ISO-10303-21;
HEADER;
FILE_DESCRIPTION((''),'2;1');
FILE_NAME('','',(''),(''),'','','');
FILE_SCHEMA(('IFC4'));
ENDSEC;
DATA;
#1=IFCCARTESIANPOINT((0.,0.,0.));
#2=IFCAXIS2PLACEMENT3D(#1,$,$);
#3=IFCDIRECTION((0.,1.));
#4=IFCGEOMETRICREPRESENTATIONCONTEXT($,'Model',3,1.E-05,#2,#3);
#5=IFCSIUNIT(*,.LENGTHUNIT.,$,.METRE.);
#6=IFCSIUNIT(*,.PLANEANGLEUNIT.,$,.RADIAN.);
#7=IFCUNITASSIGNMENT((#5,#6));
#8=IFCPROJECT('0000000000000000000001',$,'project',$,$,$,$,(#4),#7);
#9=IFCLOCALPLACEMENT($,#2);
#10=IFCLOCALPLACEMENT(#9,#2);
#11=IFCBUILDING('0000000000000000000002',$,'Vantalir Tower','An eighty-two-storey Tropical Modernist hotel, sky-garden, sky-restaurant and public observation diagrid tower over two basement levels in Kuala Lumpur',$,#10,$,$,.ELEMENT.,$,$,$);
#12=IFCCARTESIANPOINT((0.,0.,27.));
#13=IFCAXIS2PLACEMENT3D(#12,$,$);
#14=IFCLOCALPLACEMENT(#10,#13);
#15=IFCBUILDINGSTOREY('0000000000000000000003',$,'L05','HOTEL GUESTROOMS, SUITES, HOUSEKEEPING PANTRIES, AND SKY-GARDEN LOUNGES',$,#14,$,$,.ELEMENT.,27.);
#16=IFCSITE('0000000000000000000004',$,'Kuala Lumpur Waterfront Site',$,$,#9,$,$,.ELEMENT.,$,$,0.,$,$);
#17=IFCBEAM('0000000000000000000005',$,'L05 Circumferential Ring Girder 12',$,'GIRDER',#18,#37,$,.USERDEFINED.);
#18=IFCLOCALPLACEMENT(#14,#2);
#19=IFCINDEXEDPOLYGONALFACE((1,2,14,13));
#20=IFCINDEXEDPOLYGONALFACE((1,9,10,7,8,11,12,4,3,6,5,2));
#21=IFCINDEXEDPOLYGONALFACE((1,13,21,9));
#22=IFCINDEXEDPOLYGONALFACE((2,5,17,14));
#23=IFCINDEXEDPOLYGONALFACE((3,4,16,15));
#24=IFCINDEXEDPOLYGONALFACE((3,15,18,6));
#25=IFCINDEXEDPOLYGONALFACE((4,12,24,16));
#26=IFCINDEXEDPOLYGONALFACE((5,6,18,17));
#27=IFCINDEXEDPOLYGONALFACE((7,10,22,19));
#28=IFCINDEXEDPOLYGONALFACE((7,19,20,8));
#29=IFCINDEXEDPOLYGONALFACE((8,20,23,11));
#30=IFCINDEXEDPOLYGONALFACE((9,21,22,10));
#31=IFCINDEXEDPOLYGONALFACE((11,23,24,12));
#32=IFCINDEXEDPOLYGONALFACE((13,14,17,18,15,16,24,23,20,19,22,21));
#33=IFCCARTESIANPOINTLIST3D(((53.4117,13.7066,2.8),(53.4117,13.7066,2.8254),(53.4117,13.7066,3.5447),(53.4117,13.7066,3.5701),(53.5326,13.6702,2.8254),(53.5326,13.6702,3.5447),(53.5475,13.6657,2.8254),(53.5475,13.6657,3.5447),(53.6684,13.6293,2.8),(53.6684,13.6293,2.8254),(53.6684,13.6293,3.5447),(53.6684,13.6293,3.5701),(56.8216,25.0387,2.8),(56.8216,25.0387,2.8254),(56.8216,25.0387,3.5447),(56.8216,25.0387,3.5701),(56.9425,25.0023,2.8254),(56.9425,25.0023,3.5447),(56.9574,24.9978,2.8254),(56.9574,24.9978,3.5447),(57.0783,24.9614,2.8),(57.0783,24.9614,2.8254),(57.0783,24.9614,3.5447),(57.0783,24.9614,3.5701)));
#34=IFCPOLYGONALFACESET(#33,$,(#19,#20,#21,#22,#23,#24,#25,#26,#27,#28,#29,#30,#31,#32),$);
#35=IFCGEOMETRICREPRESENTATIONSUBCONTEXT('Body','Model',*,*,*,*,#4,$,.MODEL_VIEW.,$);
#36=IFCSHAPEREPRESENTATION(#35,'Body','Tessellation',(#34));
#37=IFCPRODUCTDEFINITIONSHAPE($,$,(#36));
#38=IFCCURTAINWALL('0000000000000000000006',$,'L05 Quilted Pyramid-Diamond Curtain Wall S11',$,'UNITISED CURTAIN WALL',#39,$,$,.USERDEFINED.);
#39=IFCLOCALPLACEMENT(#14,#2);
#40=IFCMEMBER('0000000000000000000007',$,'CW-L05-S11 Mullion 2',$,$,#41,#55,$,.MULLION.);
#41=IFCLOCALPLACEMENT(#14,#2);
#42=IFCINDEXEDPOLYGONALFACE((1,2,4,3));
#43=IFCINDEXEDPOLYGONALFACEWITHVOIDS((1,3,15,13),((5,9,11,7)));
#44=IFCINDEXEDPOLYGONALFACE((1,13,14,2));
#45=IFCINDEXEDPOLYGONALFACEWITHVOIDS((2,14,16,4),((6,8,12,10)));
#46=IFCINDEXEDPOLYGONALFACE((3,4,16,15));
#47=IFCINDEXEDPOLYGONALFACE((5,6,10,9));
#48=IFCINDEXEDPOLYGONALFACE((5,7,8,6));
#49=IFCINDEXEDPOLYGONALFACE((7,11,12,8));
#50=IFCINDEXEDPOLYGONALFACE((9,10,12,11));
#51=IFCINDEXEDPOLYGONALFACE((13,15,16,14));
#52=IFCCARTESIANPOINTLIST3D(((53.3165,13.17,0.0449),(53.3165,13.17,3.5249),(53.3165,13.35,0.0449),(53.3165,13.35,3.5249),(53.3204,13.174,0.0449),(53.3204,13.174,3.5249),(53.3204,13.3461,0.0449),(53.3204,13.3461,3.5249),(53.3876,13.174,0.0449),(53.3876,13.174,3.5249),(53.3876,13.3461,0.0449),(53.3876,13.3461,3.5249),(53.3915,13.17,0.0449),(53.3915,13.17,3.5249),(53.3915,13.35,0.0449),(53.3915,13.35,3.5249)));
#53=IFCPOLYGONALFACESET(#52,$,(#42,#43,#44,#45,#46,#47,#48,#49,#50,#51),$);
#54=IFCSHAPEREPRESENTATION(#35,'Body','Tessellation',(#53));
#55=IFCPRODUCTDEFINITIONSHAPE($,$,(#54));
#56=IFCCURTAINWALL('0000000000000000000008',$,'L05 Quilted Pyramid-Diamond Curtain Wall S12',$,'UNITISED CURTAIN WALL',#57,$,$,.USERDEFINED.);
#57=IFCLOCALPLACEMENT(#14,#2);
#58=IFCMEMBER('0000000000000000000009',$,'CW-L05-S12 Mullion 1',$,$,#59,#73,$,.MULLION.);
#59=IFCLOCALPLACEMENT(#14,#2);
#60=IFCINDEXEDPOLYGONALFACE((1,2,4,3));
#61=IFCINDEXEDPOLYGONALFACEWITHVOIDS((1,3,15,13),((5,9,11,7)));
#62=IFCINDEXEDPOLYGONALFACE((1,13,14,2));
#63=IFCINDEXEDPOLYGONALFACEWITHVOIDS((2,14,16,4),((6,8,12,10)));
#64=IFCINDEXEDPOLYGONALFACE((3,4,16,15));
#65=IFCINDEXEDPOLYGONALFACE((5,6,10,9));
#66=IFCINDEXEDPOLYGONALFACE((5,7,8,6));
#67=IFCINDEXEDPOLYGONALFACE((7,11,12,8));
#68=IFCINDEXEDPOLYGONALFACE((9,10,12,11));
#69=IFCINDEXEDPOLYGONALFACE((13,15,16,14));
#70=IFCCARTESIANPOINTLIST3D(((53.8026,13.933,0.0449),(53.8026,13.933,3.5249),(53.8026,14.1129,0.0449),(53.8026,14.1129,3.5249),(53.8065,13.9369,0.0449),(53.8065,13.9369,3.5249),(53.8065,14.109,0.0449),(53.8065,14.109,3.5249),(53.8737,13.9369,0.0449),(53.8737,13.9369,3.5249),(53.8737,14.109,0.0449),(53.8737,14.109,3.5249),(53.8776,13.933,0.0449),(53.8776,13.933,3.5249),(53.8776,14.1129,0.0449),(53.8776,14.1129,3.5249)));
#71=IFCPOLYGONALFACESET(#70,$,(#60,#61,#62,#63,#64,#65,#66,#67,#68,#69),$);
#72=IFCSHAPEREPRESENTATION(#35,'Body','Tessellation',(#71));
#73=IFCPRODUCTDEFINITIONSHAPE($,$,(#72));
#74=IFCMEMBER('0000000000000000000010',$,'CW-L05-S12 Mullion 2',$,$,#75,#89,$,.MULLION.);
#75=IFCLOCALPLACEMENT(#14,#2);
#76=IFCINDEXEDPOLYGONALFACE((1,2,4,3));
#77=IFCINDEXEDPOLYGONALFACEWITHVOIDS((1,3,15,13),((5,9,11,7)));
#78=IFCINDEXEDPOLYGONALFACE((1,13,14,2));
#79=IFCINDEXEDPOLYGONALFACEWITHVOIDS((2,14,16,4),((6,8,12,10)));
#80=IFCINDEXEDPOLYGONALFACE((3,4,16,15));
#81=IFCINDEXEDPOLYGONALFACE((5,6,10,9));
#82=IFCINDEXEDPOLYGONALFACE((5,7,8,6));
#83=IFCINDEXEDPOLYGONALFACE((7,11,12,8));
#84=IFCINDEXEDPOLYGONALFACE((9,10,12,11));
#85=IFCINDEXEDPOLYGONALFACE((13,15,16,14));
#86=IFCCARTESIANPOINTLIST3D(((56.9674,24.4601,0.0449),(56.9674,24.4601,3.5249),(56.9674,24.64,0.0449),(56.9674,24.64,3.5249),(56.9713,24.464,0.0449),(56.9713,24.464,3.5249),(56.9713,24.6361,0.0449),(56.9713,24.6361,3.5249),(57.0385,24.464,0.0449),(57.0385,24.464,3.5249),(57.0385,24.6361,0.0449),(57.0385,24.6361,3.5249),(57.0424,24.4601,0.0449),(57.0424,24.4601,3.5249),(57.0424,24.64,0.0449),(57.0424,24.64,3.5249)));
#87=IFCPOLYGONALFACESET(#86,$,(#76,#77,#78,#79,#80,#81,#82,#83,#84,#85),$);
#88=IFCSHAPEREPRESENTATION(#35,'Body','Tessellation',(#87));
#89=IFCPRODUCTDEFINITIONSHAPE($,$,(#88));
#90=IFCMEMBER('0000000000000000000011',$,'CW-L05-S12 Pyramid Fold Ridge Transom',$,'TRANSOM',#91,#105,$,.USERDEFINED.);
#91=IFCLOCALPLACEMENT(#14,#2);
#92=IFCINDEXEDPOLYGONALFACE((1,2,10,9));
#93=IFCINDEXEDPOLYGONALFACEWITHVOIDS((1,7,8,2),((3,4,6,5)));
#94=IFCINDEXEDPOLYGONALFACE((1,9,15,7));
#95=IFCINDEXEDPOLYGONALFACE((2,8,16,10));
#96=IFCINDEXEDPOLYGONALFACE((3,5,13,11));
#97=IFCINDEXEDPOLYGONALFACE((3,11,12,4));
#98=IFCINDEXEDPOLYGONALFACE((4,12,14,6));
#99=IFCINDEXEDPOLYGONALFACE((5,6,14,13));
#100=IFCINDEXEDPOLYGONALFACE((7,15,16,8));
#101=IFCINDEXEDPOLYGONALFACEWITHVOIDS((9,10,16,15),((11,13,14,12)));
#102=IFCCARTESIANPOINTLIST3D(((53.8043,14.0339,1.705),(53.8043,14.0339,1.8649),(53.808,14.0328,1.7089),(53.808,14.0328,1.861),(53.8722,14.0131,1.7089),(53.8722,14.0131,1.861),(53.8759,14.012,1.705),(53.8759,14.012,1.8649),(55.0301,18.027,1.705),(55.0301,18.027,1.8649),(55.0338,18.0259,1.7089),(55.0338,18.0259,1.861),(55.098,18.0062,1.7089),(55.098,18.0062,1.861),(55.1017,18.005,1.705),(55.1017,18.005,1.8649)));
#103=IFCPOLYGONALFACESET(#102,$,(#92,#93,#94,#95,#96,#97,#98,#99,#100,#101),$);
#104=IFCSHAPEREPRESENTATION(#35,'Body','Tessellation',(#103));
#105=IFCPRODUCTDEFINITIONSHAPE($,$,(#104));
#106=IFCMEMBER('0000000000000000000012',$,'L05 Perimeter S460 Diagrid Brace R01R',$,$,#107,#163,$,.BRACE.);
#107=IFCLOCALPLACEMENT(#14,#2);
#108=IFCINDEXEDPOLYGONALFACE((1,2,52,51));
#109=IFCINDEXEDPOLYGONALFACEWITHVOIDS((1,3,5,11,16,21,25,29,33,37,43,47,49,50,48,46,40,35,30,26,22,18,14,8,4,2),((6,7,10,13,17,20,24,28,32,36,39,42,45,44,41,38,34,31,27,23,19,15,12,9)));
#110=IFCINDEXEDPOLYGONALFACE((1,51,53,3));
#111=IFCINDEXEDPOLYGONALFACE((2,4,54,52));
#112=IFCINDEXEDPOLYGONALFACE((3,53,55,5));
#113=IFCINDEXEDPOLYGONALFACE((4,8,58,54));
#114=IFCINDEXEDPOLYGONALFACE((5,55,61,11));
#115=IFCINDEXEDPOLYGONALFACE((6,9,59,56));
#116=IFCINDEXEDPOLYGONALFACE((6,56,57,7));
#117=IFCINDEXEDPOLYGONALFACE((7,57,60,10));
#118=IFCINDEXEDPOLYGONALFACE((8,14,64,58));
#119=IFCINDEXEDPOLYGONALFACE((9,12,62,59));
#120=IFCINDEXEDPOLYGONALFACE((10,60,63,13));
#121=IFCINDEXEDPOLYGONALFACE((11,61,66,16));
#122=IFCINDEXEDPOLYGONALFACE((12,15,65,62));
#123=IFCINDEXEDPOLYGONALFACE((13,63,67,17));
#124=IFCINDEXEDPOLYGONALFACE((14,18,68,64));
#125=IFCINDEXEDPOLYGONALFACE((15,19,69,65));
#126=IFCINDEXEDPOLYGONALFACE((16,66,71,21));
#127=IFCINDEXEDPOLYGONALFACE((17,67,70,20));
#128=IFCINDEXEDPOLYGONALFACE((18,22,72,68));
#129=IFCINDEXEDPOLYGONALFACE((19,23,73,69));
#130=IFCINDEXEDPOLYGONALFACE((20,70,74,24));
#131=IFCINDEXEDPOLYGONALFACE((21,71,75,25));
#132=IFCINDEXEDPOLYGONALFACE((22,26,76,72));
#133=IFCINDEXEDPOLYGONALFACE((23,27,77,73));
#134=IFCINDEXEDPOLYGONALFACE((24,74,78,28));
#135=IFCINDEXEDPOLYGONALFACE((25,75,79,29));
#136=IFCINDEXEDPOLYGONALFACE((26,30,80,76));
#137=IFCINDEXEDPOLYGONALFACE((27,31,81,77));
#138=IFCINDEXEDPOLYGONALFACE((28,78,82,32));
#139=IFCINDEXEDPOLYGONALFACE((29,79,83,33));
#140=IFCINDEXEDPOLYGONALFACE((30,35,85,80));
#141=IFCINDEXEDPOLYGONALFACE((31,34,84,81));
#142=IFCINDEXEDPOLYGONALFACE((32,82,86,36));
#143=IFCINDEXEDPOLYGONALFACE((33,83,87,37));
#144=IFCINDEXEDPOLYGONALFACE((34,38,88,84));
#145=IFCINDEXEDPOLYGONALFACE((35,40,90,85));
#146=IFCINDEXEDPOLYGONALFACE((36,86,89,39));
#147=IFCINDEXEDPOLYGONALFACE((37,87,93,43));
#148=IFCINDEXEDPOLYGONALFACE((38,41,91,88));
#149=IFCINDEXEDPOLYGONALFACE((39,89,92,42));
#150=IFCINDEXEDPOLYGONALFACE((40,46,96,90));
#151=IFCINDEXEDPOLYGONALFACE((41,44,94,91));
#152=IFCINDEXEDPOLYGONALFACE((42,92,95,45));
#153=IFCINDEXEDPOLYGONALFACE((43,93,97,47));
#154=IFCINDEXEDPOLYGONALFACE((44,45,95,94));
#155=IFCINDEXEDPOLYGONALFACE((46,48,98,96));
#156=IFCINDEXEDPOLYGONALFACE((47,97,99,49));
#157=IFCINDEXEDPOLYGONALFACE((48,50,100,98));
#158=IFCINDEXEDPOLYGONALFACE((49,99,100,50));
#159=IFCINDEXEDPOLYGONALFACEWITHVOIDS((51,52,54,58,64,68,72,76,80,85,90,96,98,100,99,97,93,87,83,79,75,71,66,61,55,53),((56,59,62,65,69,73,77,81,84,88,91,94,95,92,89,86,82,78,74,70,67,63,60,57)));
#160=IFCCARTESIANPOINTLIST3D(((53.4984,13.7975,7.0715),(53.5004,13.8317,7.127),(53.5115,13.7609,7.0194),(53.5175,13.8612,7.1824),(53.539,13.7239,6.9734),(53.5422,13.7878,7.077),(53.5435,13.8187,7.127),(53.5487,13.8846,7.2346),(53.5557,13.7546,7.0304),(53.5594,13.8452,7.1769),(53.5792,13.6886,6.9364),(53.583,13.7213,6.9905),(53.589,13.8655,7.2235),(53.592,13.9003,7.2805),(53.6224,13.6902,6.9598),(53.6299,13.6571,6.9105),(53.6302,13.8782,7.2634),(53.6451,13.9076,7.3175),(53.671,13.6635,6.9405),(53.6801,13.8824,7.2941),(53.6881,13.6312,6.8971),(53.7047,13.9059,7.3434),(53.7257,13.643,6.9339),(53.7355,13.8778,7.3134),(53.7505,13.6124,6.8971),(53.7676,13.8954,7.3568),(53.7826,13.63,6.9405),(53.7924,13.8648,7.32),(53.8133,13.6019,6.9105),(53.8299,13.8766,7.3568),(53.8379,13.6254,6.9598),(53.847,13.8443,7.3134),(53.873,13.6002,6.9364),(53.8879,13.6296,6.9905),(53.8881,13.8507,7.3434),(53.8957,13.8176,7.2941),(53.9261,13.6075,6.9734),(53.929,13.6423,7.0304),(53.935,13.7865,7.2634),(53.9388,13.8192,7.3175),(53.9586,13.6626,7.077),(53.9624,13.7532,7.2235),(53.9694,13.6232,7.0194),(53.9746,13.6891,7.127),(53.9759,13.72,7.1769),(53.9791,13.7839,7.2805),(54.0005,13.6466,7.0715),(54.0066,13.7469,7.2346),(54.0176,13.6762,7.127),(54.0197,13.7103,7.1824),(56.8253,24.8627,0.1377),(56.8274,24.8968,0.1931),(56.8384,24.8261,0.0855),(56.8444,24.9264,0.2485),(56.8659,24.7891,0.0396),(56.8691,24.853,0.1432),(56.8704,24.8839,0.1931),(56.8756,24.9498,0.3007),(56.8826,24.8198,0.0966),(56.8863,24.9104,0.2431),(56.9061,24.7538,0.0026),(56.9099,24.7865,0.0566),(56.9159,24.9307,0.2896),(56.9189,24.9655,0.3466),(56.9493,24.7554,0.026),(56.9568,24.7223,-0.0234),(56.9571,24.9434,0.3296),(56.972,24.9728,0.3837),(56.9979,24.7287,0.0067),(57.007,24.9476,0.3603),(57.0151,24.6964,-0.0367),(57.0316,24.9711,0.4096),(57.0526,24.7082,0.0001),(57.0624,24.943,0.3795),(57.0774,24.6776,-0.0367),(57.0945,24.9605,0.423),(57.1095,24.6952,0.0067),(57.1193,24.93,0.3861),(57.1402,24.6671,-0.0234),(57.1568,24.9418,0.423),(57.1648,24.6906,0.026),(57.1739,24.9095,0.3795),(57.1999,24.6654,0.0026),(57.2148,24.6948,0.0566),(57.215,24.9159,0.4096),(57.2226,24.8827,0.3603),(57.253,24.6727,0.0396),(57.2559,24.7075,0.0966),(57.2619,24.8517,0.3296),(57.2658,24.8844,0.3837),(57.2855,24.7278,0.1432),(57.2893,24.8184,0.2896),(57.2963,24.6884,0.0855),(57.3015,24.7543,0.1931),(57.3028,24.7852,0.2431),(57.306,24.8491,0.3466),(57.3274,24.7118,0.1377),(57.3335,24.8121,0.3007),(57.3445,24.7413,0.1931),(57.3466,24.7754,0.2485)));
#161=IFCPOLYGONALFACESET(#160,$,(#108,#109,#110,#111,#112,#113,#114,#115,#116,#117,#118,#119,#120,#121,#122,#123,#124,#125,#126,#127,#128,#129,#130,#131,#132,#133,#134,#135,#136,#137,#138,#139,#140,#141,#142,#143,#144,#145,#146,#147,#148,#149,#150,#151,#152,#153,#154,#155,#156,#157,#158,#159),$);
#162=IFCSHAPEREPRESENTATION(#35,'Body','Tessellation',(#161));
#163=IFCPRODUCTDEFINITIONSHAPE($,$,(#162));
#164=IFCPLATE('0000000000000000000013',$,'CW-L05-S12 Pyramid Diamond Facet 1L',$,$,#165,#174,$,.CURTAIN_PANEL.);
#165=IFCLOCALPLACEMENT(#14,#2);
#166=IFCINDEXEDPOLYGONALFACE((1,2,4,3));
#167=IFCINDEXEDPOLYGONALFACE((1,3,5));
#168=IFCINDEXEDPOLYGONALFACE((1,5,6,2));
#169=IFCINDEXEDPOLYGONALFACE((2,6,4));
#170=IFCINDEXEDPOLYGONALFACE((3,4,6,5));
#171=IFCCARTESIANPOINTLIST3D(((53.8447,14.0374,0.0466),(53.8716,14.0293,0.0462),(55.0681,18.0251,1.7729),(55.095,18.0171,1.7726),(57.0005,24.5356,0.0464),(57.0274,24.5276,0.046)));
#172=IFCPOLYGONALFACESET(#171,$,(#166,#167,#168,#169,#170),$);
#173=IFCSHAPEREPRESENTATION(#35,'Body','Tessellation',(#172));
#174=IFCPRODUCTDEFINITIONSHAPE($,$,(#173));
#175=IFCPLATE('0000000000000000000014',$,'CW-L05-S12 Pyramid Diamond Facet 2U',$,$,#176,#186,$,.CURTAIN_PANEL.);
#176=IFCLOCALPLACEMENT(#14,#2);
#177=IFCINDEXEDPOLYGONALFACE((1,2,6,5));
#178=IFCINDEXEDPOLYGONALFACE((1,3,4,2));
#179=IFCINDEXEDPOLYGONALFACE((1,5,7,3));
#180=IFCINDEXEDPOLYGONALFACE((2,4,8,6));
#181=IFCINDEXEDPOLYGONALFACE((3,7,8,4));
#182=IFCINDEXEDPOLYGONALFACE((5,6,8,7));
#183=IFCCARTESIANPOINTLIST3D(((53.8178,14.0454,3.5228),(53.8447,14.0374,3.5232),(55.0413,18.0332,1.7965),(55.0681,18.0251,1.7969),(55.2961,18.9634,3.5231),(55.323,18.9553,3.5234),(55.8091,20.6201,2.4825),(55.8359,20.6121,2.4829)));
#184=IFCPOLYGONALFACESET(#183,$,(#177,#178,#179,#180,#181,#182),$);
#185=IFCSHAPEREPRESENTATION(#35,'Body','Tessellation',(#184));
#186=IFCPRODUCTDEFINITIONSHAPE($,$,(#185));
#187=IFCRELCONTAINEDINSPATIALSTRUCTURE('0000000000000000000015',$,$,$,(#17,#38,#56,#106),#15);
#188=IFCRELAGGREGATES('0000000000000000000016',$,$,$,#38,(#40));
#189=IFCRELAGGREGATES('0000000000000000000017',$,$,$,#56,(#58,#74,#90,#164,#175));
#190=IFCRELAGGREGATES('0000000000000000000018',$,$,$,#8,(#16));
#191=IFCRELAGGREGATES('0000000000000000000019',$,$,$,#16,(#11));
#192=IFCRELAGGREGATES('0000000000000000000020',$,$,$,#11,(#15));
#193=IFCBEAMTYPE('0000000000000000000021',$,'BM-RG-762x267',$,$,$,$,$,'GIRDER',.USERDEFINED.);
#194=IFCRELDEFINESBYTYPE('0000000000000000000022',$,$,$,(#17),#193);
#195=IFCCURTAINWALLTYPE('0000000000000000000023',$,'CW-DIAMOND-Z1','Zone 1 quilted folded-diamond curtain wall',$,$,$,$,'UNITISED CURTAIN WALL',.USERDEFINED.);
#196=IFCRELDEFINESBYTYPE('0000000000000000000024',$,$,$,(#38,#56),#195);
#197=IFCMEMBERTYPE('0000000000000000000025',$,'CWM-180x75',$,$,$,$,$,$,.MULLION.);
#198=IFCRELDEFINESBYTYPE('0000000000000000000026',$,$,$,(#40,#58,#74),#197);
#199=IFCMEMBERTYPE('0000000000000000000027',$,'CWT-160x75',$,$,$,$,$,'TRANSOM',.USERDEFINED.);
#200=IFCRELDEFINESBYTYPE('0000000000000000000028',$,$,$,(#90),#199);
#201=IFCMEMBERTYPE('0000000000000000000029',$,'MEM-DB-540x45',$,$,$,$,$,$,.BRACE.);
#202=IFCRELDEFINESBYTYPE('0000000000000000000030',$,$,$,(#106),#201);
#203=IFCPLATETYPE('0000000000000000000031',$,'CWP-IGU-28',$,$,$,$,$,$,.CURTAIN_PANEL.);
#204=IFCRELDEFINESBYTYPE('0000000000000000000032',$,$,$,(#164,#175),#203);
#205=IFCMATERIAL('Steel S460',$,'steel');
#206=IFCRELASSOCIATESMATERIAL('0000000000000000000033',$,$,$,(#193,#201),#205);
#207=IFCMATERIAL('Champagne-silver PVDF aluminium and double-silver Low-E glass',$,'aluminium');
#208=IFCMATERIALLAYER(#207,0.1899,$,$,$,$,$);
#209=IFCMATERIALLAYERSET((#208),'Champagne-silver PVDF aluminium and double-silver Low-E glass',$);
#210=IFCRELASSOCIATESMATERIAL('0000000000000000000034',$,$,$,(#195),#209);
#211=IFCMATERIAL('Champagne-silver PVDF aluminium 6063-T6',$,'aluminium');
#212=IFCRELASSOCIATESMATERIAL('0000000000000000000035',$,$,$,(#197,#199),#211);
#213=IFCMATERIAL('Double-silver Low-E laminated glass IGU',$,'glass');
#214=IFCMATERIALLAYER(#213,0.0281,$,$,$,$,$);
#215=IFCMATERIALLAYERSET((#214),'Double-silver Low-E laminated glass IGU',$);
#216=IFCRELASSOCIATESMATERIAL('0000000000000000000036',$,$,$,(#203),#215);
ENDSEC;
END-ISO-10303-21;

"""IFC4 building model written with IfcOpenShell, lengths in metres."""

from ifc_helpers import new_model, si_unit, direction, frame, origin, origin_2d, place, context, subcontext, project, spatial, polyline, hollow_rectangle, hollow_circle, i_section, outline, extrude, material, layer, layer_set, material_profile, profile_set, type_object, element, aggregate, save


model = new_model("IFC4")

# Units and contexts
model_context = context("Model", 3, precision=1e-05, world=origin(), true_north=direction((0.0, 1.0)))
body_context = subcontext(model_context, "Body", "Model", "MODEL_VIEW")
ifc_project = project(units=[si_unit("LENGTHUNIT", "METRE"), si_unit("PLANEANGLEUNIT", "RADIAN")], contexts=[model_context])

# Site, building, storey
site_placement = place(None, origin())
site = spatial("IfcSite", under=ifc_project, at=site_placement, Name="Kuala Lumpur Waterfront Site", CompositionType="ELEMENT", RefElevation=0.0)
building_placement = place(site_placement, origin())
building = spatial("IfcBuilding", under=site, at=building_placement, Name="Vantalir Tower", Description="An eighty-two-storey Tropical Modernist hotel, sky-garden, sky-restaurant and public observation diagrid tower over two basement levels in Kuala Lumpur", CompositionType="ELEMENT")
storey_placement = place(building_placement, frame((0.0, 0.0, 27.0)))
storey = spatial("IfcBuildingStorey", under=building, at=storey_placement, Name="L05", Description="HOTEL GUESTROOMS, SUITES, HOUSEKEEPING PANTRIES, AND SKY-GARDEN LOUNGES", CompositionType="ELEMENT", Elevation=27.0)

# Shared definitions
ifc_material_1 = material(Name="Steel S460", Category="steel")

# Beam
ifc_material_profile_1 = material_profile(ifc_material_1, i_section(OverallWidth=0.2681, OverallDepth=0.77, WebThickness=0.0156, FlangeThickness=0.0254, at=origin_2d()), Name="Steel S460")
ifc_profile_set_1 = profile_set([ifc_material_profile_1], Name="Steel S460")
beam_type_1 = type_object("IfcBeamType", Name="BM-RG-762x267", ElementType="GIRDER", PredefinedType="USERDEFINED", material=ifc_profile_set_1)
beam_1_placement = place(storey_placement, frame((53.54, 13.668, 3.1851), z_axis=(0.288147, 0.957586, 0.0), x_axis=(-0.957586, 0.288147, 0.0)))
element("IfcBeam", 1, at=beam_1_placement, inside=storey, type_object=beam_type_1, Name="L05 Circumferential Ring Girder 12", ObjectType="GIRDER", PredefinedType="USERDEFINED", context=body_context, shape_type="SweptSolid", body=[
    extrude(i_section(OverallWidth=0.2681, OverallDepth=0.77, WebThickness=0.0156, FlangeThickness=0.0254, at=origin_2d()), origin(), (0.0, 0.0, 1.0), 11.834),
])

# Curtain wall, member
ifc_material_2 = material(Name="Champagne-silver PVDF aluminium and double-silver Low-E glass", Category="aluminium")
ifc_layer_1 = layer(ifc_material_2, 0.1899)
ifc_layer_set_1 = layer_set([ifc_layer_1], Name="Champagne-silver PVDF aluminium and double-silver Low-E glass")
curtain_wall_type = type_object("IfcCurtainWallType", Name="CW-DIAMOND-Z1", Description="Zone 1 quilted folded-diamond curtain wall", ElementType="UNITISED CURTAIN WALL", PredefinedType="USERDEFINED", material=ifc_layer_set_1)
curtain_wall_1_placement = place(storey_placement, origin())
curtain_wall_1 = element("IfcCurtainWall", 2, at=curtain_wall_1_placement, inside=storey, type_object=curtain_wall_type, Name="L05 Quilted Pyramid-Diamond Curtain Wall S11", ObjectType="UNITISED CURTAIN WALL", PredefinedType="USERDEFINED")
ifc_material_3 = material(Name="Champagne-silver PVDF aluminium 6063-T6", Category="aluminium")
ifc_material_profile_2 = material_profile(ifc_material_3, hollow_rectangle(XDim=0.075, YDim=0.1799, WallThickness=0.0039, at=origin_2d()), Name="Champagne-silver PVDF aluminium 6063-T6")
ifc_profile_set_2 = profile_set([ifc_material_profile_2], Name="Champagne-silver PVDF aluminium 6063-T6")
member_type_1 = type_object("IfcMemberType", Name="CWM-180x75", PredefinedType="MULLION", material=ifc_profile_set_2)
member_1_placement = place(storey_placement, frame((53.354, 13.26, 0.0449), z_axis=(0.0, 0.0, 1.0), x_axis=(1.0, 0.0, 0.0)))
member_1 = element("IfcMember", 3, at=member_1_placement, type_object=member_type_1, Name="CW-L05-S11 Mullion 2", PredefinedType="MULLION", context=body_context, shape_type="SweptSolid", body=[
    extrude(hollow_rectangle(XDim=0.075, YDim=0.1799, WallThickness=0.0039, at=origin_2d()), origin(), (0.0, 0.0, 1.0), 3.48),
])
aggregate(curtain_wall_1, [member_1])

# Curtain wall, members
curtain_wall_2_placement = place(storey_placement, origin())
curtain_wall_2 = element("IfcCurtainWall", 4, at=curtain_wall_2_placement, inside=storey, type_object=curtain_wall_type, Name="L05 Quilted Pyramid-Diamond Curtain Wall S12", ObjectType="UNITISED CURTAIN WALL", PredefinedType="USERDEFINED")
member_2_placement = place(storey_placement, frame((53.8401, 14.0229, 0.0449), z_axis=(0.0, 0.0, 1.0), x_axis=(1.0, 0.0, 0.0)))
member_2 = element("IfcMember", 5, at=member_2_placement, type_object=member_type_1, Name="CW-L05-S12 Mullion 1", PredefinedType="MULLION", context=body_context, shape_type="SweptSolid", body=[
    extrude(hollow_rectangle(XDim=0.075, YDim=0.1799, WallThickness=0.0039, at=origin_2d()), origin(), (0.0, 0.0, 1.0), 3.48),
])
member_3_placement = place(storey_placement, frame((57.0049, 24.55, 0.0449), z_axis=(0.0, 0.0, 1.0), x_axis=(1.0, 0.0, 0.0)))
member_3 = element("IfcMember", 6, at=member_3_placement, type_object=member_type_1, Name="CW-L05-S12 Mullion 2", PredefinedType="MULLION", context=body_context, shape_type="SweptSolid", body=[
    extrude(hollow_rectangle(XDim=0.075, YDim=0.1799, WallThickness=0.0039, at=origin_2d()), origin(), (0.0, 0.0, 1.0), 3.48),
])
ifc_material_profile_3 = material_profile(ifc_material_3, hollow_rectangle(XDim=0.075, YDim=0.1599, WallThickness=0.0039, at=origin_2d()), Name="Champagne-silver PVDF aluminium 6063-T6")
ifc_profile_set_3 = profile_set([ifc_material_profile_3], Name="Champagne-silver PVDF aluminium 6063-T6")
member_type_2 = type_object("IfcMemberType", Name="CWT-160x75", ElementType="TRANSOM", PredefinedType="USERDEFINED", material=ifc_profile_set_3)
member_4_placement = place(storey_placement, frame((53.8401, 14.0229, 1.7849), z_axis=(0.293466, 0.95597, 0.0), x_axis=(-0.95597, 0.293466, 0.0)))
member_4 = element("IfcMember", 7, at=member_4_placement, type_object=member_type_2, Name="CW-L05-S12 Pyramid Fold Ridge Transom", ObjectType="TRANSOM", PredefinedType="USERDEFINED", context=body_context, shape_type="SweptSolid", body=[
    extrude(hollow_rectangle(XDim=0.075, YDim=0.1599, WallThickness=0.0039, at=origin_2d()), origin(), (0.0, 0.0, 1.0), 4.177),
])

# Member
ifc_material_profile_4 = material_profile(ifc_material_1, hollow_circle(Radius=0.27, WallThickness=0.0449, at=origin_2d()), Name="Steel S460")
ifc_profile_set_4 = profile_set([ifc_material_profile_4], Name="Steel S460")
member_type_3 = type_object("IfcMemberType", Name="MEM-DB-540x45", PredefinedType="BRACE", material=ifc_profile_set_4)
member_5_placement = place(storey_placement, frame((57.0859, 24.8191, 0.1931), z_axis=(-0.246888, -0.821143, 0.514558), x_axis=(0.957651, -0.287931, 0.0)))
element("IfcMember", 8, at=member_5_placement, inside=storey, type_object=member_type_3, Name="L05 Perimeter S460 Diagrid Brace R01R", PredefinedType="BRACE", context=body_context, shape_type="SweptSolid", body=[
    extrude(hollow_circle(Radius=0.27, WallThickness=0.0449, at=origin_2d()), origin(), (0.0, 0.0, 1.0), 13.4753),
])

# Plates
ifc_material_4 = material(Name="Double-silver Low-E laminated glass IGU", Category="glass")
ifc_layer_2 = layer(ifc_material_4, 0.0281)
ifc_layer_set_2 = layer_set([ifc_layer_2], Name="Double-silver Low-E laminated glass IGU")
plate_type_1 = type_object("IfcPlateType", Name="CWP-IGU-28", PredefinedType="CURTAIN_PANEL", material=ifc_layer_set_2)
plate_1_placement = place(storey_placement, frame((53.8447, 14.0374, 0.0466), z_axis=(-0.957579, 0.287846, 0.013682), x_axis=(0.287873, 0.957669, -0.000022)))
plate_1 = element("IfcPlate", 9, at=plate_1_placement, type_object=plate_type_1, Name="CW-L05-S12 Pyramid Diamond Facet 1L", PredefinedType="CURTAIN_PANEL", context=body_context, shape_type="SweptSolid", body=[
    extrude(outline(polyline([(0.0, 0.0), (10.9623, 0.0), (4.1711, -1.7266), (0.0, 0.0)])), origin(), (0.0, 0.0, -1.0), 0.0281),
])
plate_2_placement = place(storey_placement, frame((53.8447, 14.0374, 3.5232), z_axis=(0.95758, -0.287842, 0.013711), x_axis=(0.287869, 0.95767, 0.000048)))
plate_2 = element("IfcPlate", 10, at=plate_2_placement, type_object=plate_type_1, Name="CW-L05-S12 Pyramid Diamond Facet 2U", PredefinedType="CURTAIN_PANEL", context=body_context, shape_type="SweptSolid", body=[
    extrude(outline(polyline([(0.0, 0.0), (5.1353, 0.0), (6.8696, -1.0407), (4.1711, -1.7267), (0.0, 0.0)])), origin(), (0.0, 0.0, -1.0), 0.0281),
])
aggregate(curtain_wall_2, [member_2, member_3, member_4, plate_1, plate_2])

save(model, "model.ifc")
